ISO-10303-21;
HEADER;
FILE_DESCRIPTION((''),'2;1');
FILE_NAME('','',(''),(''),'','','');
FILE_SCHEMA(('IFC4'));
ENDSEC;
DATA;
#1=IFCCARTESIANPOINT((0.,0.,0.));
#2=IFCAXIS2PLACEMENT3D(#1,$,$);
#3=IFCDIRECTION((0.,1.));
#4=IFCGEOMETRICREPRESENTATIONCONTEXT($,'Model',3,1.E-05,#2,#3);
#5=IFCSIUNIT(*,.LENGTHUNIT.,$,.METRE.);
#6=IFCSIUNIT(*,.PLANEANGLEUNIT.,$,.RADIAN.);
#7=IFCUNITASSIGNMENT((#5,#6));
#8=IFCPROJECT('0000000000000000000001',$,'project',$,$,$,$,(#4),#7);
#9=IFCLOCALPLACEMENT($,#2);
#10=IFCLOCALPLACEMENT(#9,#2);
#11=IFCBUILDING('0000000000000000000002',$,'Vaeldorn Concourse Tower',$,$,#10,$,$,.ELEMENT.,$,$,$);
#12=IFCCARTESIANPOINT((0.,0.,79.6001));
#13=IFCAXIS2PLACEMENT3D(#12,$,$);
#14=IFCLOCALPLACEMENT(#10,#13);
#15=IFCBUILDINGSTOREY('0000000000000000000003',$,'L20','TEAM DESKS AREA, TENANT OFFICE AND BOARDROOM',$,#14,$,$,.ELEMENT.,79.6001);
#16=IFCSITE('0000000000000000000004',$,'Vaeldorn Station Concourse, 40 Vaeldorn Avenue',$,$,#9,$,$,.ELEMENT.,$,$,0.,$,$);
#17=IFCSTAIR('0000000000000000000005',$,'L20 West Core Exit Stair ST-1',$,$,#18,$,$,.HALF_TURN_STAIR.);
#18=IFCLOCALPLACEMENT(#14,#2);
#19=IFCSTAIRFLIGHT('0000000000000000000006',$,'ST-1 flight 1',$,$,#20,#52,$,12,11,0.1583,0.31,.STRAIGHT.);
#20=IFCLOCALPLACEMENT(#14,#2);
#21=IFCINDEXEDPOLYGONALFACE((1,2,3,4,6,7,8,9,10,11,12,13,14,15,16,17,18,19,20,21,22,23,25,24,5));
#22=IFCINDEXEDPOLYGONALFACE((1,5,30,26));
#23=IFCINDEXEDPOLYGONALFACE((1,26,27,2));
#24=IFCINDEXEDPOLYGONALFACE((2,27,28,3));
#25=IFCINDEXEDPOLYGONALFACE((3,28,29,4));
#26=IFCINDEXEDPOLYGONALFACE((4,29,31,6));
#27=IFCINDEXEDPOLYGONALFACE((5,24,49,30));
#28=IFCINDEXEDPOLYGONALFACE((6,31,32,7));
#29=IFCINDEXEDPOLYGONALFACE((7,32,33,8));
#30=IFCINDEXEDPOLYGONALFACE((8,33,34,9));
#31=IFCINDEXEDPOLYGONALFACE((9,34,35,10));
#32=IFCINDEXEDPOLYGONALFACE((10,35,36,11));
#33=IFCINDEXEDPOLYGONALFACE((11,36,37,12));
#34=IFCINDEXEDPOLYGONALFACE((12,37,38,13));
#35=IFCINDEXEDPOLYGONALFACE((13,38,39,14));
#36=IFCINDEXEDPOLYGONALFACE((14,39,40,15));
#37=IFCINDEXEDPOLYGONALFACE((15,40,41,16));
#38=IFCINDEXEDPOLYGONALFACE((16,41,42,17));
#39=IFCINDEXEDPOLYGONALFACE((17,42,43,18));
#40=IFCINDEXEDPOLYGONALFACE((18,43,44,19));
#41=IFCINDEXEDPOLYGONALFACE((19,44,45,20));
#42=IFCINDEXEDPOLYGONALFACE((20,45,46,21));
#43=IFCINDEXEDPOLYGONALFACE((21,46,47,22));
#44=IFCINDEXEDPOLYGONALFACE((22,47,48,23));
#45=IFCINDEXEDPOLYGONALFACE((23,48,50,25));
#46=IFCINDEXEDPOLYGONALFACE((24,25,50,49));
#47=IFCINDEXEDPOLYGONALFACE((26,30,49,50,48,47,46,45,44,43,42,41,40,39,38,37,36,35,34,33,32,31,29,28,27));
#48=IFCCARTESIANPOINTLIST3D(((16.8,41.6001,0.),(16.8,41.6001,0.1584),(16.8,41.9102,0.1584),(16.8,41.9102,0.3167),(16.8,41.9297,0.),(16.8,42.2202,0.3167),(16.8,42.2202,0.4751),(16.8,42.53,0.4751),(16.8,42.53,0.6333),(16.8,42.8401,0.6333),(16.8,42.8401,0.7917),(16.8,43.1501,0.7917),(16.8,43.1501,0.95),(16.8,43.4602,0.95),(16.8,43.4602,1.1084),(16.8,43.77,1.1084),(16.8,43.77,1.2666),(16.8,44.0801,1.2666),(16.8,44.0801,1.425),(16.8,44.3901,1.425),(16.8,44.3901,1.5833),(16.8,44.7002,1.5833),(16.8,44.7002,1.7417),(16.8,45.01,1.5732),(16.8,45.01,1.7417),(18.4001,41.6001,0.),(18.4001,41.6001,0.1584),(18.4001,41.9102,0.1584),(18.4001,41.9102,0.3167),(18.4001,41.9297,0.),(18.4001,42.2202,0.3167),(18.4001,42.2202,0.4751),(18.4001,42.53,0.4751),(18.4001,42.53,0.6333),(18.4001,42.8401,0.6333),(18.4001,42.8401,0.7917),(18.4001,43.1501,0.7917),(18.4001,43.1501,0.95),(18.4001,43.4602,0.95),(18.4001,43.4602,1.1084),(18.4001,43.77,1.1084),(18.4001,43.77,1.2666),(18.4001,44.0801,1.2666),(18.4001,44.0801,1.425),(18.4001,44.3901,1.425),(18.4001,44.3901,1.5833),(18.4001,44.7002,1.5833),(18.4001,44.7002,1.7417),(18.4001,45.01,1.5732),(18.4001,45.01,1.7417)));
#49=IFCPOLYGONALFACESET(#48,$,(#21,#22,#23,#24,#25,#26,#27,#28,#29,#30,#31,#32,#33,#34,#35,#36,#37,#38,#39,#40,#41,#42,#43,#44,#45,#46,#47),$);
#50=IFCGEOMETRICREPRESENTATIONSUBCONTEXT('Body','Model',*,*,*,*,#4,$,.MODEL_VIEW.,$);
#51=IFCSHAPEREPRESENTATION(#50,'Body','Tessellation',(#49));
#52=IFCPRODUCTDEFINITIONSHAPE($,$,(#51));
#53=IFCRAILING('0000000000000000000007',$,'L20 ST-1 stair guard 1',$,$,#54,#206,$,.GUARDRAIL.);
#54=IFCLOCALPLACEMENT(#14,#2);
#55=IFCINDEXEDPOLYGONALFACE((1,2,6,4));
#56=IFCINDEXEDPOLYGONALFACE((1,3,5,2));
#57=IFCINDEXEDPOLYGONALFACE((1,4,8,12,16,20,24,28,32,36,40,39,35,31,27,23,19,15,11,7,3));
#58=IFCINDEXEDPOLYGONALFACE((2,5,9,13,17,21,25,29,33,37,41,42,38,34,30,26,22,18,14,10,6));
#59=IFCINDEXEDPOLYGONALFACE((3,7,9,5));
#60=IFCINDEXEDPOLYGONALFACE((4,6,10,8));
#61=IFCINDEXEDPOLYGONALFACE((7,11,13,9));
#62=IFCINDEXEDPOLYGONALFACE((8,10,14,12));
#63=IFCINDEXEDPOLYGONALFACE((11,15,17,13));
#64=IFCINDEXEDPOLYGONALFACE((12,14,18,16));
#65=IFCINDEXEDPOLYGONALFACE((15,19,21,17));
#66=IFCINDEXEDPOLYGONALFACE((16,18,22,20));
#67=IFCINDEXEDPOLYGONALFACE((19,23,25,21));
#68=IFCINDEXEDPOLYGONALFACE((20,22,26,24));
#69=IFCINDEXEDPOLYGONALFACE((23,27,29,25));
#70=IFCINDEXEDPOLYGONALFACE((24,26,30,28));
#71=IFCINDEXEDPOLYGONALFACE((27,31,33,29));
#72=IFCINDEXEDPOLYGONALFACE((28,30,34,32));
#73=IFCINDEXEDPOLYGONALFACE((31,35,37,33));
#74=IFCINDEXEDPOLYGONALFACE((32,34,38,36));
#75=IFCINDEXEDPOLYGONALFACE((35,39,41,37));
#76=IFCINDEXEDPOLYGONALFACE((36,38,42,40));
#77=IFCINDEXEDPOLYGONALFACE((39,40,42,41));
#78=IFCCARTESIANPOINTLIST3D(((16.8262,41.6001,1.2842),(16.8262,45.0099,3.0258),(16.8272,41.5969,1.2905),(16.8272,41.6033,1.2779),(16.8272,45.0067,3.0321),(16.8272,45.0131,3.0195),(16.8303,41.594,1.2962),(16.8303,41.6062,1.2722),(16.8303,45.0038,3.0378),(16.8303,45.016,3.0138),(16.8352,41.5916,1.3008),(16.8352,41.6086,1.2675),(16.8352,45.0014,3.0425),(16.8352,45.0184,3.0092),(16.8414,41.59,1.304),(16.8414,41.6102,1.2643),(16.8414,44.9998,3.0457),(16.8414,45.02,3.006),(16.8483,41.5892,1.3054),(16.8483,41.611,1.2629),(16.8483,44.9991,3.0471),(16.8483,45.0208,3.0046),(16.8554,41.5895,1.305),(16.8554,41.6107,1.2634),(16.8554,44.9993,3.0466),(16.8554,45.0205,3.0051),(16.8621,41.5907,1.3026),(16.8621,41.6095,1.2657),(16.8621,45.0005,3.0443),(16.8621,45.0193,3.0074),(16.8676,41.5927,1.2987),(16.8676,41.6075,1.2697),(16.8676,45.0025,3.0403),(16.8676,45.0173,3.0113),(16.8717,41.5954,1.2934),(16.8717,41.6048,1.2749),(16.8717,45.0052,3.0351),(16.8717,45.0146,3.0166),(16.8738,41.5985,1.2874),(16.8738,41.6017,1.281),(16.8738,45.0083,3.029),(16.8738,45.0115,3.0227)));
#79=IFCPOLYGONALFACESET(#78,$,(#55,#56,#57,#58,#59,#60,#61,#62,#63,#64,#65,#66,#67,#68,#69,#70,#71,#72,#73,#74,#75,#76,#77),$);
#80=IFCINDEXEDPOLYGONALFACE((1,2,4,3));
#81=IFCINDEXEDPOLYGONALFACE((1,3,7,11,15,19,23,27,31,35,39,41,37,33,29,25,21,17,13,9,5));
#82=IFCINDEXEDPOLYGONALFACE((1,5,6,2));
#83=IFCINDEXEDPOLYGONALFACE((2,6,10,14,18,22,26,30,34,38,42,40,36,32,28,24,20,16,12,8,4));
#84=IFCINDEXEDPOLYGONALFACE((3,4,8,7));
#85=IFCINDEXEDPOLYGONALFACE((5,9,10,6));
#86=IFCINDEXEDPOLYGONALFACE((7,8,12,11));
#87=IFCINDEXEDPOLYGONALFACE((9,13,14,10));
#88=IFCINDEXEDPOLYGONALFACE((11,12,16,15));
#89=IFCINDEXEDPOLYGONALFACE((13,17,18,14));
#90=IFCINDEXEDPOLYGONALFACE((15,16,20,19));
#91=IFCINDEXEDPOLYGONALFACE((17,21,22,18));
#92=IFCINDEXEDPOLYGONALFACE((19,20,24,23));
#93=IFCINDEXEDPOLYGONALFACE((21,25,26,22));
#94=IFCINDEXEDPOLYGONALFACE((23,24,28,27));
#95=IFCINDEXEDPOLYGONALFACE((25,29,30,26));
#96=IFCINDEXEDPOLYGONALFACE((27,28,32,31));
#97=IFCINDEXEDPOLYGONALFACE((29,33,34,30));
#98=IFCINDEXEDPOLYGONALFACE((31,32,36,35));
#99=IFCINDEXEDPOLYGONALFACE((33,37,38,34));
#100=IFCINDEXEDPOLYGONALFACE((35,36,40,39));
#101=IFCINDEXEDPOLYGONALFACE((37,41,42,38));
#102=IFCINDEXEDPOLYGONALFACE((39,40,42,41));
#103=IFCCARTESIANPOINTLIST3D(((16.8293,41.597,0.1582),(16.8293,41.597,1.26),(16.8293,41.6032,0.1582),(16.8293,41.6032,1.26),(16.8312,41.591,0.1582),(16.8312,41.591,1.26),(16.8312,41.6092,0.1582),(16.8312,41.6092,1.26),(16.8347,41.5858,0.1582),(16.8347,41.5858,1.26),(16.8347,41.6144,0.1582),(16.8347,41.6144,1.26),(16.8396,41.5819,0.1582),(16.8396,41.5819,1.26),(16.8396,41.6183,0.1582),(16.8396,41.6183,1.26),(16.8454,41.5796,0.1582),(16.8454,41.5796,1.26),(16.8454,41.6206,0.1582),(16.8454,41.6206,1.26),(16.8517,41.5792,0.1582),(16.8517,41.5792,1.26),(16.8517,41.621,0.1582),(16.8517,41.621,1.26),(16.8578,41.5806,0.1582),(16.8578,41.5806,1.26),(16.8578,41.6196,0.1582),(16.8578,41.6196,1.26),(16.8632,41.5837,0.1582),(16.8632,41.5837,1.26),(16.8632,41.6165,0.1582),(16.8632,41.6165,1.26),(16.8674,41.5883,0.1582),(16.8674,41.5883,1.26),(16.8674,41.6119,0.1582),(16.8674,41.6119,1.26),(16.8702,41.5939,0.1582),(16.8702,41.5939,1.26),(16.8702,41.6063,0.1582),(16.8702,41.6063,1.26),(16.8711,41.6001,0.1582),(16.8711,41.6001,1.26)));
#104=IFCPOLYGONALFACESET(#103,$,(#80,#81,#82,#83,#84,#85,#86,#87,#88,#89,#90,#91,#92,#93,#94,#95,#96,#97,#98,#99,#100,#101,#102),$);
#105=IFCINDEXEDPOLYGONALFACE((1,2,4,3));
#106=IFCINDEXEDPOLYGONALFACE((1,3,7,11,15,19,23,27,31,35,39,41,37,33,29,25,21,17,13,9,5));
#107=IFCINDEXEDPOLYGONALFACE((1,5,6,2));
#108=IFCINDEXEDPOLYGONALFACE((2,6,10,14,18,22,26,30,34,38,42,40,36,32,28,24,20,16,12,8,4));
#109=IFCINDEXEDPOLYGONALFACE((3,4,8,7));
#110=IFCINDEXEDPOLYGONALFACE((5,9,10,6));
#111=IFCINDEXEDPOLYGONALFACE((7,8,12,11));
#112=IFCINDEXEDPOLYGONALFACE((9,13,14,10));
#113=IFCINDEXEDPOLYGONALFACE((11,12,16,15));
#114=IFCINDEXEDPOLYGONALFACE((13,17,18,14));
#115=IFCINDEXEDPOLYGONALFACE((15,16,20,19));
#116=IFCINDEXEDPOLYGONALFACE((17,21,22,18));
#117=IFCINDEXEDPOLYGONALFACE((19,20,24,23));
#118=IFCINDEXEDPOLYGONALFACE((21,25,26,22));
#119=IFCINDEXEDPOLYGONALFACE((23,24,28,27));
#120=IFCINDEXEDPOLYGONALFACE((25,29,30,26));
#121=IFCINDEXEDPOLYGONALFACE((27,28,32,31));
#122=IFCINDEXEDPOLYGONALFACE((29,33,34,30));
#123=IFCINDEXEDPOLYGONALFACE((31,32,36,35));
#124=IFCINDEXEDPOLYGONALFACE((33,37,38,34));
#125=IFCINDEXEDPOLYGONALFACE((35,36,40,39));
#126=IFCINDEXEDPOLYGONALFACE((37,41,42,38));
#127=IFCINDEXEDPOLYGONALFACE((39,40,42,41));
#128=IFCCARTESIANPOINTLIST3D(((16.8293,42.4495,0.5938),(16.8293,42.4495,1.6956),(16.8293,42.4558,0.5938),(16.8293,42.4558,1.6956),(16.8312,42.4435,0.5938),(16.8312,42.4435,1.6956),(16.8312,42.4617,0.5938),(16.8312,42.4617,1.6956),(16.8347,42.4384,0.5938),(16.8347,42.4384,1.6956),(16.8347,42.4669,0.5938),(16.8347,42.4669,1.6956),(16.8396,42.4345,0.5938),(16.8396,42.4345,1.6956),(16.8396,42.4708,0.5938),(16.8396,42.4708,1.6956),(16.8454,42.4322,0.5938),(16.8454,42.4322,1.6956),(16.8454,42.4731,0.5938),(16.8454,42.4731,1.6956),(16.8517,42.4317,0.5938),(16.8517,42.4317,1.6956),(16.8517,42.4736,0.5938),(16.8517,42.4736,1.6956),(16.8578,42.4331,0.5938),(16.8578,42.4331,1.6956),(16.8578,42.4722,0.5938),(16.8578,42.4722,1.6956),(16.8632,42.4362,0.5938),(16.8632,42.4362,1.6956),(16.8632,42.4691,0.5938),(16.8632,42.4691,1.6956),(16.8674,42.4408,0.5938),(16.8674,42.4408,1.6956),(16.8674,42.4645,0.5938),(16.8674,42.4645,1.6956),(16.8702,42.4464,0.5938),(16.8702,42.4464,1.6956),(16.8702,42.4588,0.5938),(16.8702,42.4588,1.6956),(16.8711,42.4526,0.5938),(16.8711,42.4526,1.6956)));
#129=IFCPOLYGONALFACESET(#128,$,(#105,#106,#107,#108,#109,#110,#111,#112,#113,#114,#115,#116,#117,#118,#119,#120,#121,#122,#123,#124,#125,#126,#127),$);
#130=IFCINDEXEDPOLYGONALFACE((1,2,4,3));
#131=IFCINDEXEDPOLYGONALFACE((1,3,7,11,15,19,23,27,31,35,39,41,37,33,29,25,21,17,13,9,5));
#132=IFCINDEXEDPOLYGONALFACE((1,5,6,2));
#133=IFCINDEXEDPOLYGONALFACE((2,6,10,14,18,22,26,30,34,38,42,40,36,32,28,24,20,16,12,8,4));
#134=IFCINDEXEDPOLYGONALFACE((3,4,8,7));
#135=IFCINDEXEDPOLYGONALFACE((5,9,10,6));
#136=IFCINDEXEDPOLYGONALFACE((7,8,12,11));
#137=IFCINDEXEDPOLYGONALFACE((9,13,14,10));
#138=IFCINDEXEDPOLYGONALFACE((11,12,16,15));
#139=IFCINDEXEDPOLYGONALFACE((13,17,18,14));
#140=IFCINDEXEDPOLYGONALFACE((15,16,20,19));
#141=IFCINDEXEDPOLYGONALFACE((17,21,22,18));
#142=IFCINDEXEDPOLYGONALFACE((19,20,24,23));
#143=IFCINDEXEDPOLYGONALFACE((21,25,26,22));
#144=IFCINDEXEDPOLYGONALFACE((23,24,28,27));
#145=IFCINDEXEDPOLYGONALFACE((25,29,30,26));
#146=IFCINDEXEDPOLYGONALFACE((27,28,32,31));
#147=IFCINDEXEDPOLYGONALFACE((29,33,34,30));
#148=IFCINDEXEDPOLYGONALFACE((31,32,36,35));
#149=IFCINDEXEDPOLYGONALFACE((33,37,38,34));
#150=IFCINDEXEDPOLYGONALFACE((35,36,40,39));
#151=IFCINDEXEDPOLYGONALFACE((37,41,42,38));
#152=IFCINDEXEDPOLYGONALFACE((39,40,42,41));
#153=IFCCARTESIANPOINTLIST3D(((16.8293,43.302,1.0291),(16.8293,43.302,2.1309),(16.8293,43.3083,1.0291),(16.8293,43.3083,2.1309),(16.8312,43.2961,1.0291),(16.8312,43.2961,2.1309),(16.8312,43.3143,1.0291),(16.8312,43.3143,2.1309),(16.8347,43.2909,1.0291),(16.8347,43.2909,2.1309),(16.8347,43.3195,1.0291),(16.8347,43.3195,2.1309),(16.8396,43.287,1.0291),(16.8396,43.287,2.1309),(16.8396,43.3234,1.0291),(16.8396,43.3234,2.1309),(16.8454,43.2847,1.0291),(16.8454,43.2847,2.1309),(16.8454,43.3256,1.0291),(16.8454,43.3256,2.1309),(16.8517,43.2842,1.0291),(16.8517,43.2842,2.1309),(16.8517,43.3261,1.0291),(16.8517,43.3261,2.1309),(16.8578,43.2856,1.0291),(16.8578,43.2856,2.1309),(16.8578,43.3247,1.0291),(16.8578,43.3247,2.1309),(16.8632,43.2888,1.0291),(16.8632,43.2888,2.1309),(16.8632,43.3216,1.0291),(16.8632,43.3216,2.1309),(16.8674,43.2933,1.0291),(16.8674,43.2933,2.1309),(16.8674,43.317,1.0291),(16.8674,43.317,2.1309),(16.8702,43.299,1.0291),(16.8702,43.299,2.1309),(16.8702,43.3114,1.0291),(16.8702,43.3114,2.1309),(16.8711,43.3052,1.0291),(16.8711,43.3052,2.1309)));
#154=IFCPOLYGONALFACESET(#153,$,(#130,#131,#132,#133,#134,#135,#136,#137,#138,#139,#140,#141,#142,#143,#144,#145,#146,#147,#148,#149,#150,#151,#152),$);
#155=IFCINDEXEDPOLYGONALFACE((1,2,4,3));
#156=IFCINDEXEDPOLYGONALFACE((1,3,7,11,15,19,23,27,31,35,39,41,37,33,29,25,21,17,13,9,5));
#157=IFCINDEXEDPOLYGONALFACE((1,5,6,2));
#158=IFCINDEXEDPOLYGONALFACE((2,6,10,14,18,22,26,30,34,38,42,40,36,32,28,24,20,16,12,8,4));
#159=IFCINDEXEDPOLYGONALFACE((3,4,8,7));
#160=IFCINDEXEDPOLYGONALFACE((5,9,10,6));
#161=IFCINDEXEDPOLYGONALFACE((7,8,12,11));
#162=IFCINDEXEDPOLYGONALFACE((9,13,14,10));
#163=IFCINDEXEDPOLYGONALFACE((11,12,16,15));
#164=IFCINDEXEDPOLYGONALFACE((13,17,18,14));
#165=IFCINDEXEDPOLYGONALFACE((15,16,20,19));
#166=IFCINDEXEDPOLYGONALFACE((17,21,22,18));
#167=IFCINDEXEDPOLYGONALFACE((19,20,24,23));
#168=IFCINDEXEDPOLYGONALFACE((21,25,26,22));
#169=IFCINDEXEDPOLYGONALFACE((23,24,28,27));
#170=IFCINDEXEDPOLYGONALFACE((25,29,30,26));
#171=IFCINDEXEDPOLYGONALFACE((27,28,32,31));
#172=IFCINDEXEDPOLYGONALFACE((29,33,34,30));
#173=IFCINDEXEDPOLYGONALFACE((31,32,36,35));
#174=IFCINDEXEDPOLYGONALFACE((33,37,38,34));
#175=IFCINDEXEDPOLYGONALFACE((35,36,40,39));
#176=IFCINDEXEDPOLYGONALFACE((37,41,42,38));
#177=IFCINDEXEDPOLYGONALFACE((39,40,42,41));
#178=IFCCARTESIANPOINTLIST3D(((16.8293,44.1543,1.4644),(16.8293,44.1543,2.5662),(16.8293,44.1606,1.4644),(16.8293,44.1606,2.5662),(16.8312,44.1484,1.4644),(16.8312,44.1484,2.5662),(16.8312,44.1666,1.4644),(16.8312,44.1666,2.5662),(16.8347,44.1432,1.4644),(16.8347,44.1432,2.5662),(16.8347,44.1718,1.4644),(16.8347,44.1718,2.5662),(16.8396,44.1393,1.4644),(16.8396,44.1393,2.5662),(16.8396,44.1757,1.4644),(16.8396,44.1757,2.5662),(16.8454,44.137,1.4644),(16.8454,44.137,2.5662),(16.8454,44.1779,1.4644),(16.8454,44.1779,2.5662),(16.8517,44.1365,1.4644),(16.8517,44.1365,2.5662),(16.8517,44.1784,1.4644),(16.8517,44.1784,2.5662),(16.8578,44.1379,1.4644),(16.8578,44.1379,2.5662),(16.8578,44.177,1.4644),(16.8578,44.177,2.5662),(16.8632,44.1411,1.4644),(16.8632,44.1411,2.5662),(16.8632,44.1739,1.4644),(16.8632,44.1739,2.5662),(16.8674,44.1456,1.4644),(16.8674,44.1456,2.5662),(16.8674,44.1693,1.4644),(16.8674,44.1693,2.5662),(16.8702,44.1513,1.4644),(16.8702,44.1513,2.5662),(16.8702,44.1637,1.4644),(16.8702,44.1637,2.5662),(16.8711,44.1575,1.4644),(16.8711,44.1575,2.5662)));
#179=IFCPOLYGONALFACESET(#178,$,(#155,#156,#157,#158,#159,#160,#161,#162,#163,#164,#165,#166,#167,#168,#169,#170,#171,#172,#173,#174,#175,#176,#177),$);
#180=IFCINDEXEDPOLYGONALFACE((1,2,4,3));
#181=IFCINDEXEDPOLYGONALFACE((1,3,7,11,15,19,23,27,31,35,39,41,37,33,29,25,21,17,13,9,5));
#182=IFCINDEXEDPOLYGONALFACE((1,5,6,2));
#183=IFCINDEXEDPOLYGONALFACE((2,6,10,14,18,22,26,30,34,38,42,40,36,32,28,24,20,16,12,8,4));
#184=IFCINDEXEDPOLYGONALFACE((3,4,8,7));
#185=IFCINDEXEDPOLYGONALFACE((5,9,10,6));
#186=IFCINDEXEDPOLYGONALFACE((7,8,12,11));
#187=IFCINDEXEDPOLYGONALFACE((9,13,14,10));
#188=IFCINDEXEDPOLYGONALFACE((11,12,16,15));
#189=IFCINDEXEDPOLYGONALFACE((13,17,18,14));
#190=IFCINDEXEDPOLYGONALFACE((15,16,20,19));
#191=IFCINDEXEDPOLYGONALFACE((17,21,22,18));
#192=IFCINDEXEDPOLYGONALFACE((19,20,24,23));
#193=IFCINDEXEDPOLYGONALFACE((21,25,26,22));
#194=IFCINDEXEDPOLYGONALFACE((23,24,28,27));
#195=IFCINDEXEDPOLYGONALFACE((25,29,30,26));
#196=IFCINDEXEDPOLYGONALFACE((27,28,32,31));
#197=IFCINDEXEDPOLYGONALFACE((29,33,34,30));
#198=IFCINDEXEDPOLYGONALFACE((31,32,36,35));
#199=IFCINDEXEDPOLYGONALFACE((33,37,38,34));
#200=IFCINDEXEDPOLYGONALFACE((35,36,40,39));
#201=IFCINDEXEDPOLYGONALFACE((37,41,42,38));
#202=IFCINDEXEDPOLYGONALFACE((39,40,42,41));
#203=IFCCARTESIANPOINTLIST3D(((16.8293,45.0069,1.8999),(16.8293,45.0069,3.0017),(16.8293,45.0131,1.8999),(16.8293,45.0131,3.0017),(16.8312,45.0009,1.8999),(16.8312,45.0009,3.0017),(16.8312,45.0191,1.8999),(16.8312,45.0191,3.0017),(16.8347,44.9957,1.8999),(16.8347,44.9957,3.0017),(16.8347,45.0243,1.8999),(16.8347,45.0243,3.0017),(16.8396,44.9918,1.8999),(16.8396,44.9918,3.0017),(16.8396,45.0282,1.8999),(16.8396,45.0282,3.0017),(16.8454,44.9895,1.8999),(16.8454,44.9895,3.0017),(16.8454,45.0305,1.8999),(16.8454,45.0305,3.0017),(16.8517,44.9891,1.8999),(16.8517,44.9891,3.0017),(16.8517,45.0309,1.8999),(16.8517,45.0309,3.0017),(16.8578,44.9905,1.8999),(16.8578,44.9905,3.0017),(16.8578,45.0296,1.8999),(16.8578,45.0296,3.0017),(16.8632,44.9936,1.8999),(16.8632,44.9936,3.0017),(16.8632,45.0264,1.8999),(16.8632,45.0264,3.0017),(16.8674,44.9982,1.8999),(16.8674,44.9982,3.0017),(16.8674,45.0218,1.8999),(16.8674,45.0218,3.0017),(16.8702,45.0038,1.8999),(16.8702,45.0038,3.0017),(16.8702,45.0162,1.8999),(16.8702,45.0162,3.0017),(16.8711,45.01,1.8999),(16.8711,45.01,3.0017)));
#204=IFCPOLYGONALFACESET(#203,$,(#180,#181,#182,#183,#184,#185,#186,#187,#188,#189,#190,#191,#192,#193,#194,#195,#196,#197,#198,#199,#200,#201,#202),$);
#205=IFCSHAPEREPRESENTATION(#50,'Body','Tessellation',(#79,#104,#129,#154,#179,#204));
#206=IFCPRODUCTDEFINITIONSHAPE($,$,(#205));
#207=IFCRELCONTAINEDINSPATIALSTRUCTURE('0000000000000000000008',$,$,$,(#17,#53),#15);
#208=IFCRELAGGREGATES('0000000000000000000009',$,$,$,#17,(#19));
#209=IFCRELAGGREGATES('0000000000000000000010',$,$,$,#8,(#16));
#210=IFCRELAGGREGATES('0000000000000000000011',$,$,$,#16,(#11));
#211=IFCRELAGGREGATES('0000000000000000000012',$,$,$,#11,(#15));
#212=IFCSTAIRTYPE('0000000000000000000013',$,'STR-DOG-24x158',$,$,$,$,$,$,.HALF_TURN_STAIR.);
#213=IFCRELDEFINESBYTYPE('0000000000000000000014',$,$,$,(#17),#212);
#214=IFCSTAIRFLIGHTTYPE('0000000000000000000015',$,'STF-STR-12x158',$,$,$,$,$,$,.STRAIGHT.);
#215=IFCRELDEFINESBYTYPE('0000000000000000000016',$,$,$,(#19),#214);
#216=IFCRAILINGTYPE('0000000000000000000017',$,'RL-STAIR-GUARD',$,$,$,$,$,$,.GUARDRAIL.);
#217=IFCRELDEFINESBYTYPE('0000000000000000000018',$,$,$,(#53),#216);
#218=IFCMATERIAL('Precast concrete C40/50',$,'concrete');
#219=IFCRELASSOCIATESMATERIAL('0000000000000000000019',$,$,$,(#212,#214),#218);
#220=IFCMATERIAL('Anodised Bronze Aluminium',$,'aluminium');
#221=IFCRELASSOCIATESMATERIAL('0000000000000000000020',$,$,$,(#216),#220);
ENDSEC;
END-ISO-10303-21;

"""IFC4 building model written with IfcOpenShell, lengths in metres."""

from ifc_helpers import new_model, si_unit, direction, frame, origin, origin_2d, place, context, subcontext, project, spatial, polyline, circle, outline, extrude, material, type_object, element, aggregate, save


model = new_model("IFC4")

# Units and contexts
model_context = context("Model", 3, precision=1e-05, world=origin(), true_north=direction((0.0, 1.0)))
body_context = subcontext(model_context, "Body", "Model", "MODEL_VIEW")
ifc_project = project(units=[si_unit("LENGTHUNIT", "METRE"), si_unit("PLANEANGLEUNIT", "RADIAN")], contexts=[model_context])

# Site, building, storey
site_placement = place(None, origin())
site = spatial("IfcSite", under=ifc_project, at=site_placement, Name="Vaeldorn Station Concourse, 40 Vaeldorn Avenue", CompositionType="ELEMENT", RefElevation=0.0)
building_placement = place(site_placement, origin())
building = spatial("IfcBuilding", under=site, at=building_placement, Name="Vaeldorn Concourse Tower", CompositionType="ELEMENT")
storey_placement = place(building_placement, frame((0.0, 0.0, 79.6001)))
storey = spatial("IfcBuildingStorey", under=building, at=storey_placement, Name="L20", Description="TEAM DESKS AREA, TENANT OFFICE AND BOARDROOM", CompositionType="ELEMENT", Elevation=79.6001)

# Shared definitions
ifc_material_1 = material(Name="Anodised Bronze Aluminium", Category="aluminium")

# Stair, stair flight
ifc_material_2 = material(Name="Precast concrete C40/50", Category="concrete")
stair_type = type_object("IfcStairType", Name="STR-DOG-24x158", PredefinedType="HALF_TURN_STAIR", material=ifc_material_2)
stair_placement = place(storey_placement, origin())
stair = element("IfcStair", 1, at=stair_placement, inside=storey, type_object=stair_type, Name="L20 West Core Exit Stair ST-1", PredefinedType="HALF_TURN_STAIR")
stair_flight_type = type_object("IfcStairFlightType", Name="STF-STR-12x158", PredefinedType="STRAIGHT", material=ifc_material_2)
stair_flight_placement = place(storey_placement, frame((17.6001, 41.6001, 0.0), z_axis=(0.0, 0.0, 1.0), x_axis=(0.0, 1.0, 0.0)))
stair_flight = element("IfcStairFlight", 2, at=stair_flight_placement, type_object=stair_flight_type, Name="ST-1 flight 1", NumberOfRisers=12, NumberOfTreads=11, PredefinedType="STRAIGHT", RiserHeight=0.1583, TreadLength=0.31, context=body_context, shape_type="SweptSolid", body=[
    extrude(outline(polyline([(0.0, 0.0), (0.0, 0.1584), (0.3101, 0.1584), (0.3101, 0.3167), (0.6201, 0.3167), (0.6201, 0.4751), (0.9299, 0.4751), (0.9299, 0.6333), (1.24, 0.6333), (1.24, 0.7917), (1.55, 0.7917), (1.55, 0.95), (1.8601, 0.95), (1.8601, 1.1084), (2.1699, 1.1084), (2.1699, 1.2666), (2.48, 1.2666), (2.48, 1.425), (2.79, 1.425), (2.79, 1.5833), (3.1001, 1.5833), (3.1001, 1.7417), (3.4099, 1.7417), (3.4099, 1.8999), (3.4099, 1.5732), (0.3296, 0.0), (0.0, 0.0)])), frame((0.0, 0.8, 0.0), z_axis=(0.0, -1.0, 0.0), x_axis=(1.0, 0.0, 0.0)), (0.0, 0.0, 1.0), 1.6001),
])
aggregate(stair, [stair_flight])

# Railing
railing_type_1 = type_object("IfcRailingType", Name="RL-STAIR-GUARD", PredefinedType="GUARDRAIL", material=ifc_material_1)
railing_1_placement = place(storey_placement, frame((16.8501, 41.6001, 0.1582)))
element("IfcRailing", 3, at=railing_1_placement, inside=storey, type_object=railing_type_1, Name="L20 ST-1 stair guard 1", PredefinedType="GUARDRAIL", context=body_context, shape_type="SweptSolid", body=[
    extrude(circle(Radius=0.0239, at=origin_2d()), frame((0.0, 0.0, 1.126), z_axis=(0.0, 0.890556, 0.454874), x_axis=(-1.0, 0.0, 0.0)), (0.0, 0.0, 1.0), 3.8289),
    extrude(circle(Radius=0.021, at=origin_2d()), origin(), (0.0, 0.0, 1.0), 1.1018),
    extrude(circle(Radius=0.021, at=origin_2d()), frame((0.0, 0.8525, 0.4355)), (0.0, 0.0, 1.0), 1.1018),
    extrude(circle(Radius=0.021, at=origin_2d()), frame((0.0, 1.7051, 0.8708)), (0.0, 0.0, 1.0), 1.1018),
    extrude(circle(Radius=0.021, at=origin_2d()), frame((0.0, 2.5574, 1.3062)), (0.0, 0.0, 1.0), 1.1018),
    extrude(circle(Radius=0.021, at=origin_2d()), frame((0.0, 3.4099, 1.7417)), (0.0, 0.0, 1.0), 1.1018),
])

save(model, "model.ifc")
